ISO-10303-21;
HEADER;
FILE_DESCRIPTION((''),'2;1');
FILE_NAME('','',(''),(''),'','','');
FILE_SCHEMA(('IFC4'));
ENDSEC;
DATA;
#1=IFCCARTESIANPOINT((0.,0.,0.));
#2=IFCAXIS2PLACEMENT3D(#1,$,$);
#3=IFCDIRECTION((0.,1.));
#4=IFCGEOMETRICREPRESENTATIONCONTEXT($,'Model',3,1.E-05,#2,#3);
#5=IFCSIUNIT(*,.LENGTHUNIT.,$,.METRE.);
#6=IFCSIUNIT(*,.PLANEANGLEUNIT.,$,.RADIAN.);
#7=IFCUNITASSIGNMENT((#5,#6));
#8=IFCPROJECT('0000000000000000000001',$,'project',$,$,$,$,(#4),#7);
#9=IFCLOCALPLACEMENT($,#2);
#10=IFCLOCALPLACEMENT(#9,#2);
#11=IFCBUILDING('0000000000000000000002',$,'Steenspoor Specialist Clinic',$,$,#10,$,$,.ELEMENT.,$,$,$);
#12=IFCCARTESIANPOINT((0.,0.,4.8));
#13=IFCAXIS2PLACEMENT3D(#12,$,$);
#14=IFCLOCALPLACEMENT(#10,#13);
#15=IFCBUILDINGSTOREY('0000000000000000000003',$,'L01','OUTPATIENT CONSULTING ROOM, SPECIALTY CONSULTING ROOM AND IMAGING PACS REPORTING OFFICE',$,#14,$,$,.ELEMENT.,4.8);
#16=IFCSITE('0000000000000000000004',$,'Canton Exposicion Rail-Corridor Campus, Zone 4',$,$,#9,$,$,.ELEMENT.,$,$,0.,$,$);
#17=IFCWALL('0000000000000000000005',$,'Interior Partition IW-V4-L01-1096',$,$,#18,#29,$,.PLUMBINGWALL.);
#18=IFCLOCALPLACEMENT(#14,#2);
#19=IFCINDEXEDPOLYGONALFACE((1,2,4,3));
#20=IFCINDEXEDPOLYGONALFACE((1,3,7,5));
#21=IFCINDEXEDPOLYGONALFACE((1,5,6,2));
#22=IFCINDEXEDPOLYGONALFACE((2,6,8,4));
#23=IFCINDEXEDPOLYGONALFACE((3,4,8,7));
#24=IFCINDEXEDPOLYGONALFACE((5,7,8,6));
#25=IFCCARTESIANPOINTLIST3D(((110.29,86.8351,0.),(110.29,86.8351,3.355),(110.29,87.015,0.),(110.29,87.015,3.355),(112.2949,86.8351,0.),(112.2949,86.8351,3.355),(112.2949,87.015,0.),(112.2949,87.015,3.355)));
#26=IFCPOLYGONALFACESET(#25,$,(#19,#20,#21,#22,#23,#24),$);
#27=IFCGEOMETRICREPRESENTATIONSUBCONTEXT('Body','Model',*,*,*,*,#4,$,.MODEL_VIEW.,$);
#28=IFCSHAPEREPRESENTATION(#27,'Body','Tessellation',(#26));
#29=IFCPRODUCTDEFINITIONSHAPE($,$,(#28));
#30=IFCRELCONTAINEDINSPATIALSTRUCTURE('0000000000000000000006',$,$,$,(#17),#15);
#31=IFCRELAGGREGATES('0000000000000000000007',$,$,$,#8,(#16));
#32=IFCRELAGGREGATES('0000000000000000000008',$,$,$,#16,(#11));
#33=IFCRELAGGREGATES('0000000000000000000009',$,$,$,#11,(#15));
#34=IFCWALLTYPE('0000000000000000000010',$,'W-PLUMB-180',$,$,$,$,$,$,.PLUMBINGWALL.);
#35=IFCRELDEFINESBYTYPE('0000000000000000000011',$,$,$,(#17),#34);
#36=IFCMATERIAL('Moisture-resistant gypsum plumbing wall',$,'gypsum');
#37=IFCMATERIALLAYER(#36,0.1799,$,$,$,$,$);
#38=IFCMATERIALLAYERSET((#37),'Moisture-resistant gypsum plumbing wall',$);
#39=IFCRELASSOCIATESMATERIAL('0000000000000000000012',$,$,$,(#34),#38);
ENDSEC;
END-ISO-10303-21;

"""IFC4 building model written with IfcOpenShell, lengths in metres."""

from ifc_helpers import new_model, si_unit, direction, frame, frame_2d, origin, place, context, subcontext, project, spatial, rectangle, extrude, material, layer, layer_set, type_object, element, save


model = new_model("IFC4")

# Units and contexts
model_context = context("Model", 3, precision=1e-05, world=origin(), true_north=direction((0.0, 1.0)))
body_context = subcontext(model_context, "Body", "Model", "MODEL_VIEW")
ifc_project = project(units=[si_unit("LENGTHUNIT", "METRE"), si_unit("PLANEANGLEUNIT", "RADIAN")], contexts=[model_context])

# Site, building, storey
site_placement = place(None, origin())
site = spatial("IfcSite", under=ifc_project, at=site_placement, Name="Canton Exposicion Rail-Corridor Campus, Zone 4", CompositionType="ELEMENT", RefElevation=0.0)
building_placement = place(site_placement, origin())
building = spatial("IfcBuilding", under=site, at=building_placement, Name="Steenspoor Specialist Clinic", CompositionType="ELEMENT")
storey_placement = place(building_placement, frame((0.0, 0.0, 4.8)))
storey = spatial("IfcBuildingStorey", under=building, at=storey_placement, Name="L01", Description="OUTPATIENT CONSULTING ROOM, SPECIALTY CONSULTING ROOM AND IMAGING PACS REPORTING OFFICE", CompositionType="ELEMENT", Elevation=4.8)

# Wall
ifc_material_1 = material(Name="Moisture-resistant gypsum plumbing wall", Category="gypsum")
ifc_layer_1 = layer(ifc_material_1, 0.1799)
ifc_layer_set_1 = layer_set([ifc_layer_1], Name="Moisture-resistant gypsum plumbing wall")
wall_type = type_object("IfcWallType", Name="W-PLUMB-180", PredefinedType="PLUMBINGWALL", material=ifc_layer_set_1)
wall_placement = place(storey_placement, frame((110.29, 86.925, 0.0), z_axis=(0.0, 0.0, 1.0), x_axis=(1.0, 0.0, 0.0)))
element("IfcWall", 1, at=wall_placement, inside=storey, type_object=wall_type, Name="Interior Partition IW-V4-L01-1096", PredefinedType="PLUMBINGWALL", context=body_context, shape_type="SweptSolid", body=[
    extrude(rectangle(XDim=2.0049, YDim=0.1799, at=frame_2d((1.0024, 0.0))), origin(), (0.0, 0.0, 1.0), 3.355),
])

save(model, "model.ifc")
